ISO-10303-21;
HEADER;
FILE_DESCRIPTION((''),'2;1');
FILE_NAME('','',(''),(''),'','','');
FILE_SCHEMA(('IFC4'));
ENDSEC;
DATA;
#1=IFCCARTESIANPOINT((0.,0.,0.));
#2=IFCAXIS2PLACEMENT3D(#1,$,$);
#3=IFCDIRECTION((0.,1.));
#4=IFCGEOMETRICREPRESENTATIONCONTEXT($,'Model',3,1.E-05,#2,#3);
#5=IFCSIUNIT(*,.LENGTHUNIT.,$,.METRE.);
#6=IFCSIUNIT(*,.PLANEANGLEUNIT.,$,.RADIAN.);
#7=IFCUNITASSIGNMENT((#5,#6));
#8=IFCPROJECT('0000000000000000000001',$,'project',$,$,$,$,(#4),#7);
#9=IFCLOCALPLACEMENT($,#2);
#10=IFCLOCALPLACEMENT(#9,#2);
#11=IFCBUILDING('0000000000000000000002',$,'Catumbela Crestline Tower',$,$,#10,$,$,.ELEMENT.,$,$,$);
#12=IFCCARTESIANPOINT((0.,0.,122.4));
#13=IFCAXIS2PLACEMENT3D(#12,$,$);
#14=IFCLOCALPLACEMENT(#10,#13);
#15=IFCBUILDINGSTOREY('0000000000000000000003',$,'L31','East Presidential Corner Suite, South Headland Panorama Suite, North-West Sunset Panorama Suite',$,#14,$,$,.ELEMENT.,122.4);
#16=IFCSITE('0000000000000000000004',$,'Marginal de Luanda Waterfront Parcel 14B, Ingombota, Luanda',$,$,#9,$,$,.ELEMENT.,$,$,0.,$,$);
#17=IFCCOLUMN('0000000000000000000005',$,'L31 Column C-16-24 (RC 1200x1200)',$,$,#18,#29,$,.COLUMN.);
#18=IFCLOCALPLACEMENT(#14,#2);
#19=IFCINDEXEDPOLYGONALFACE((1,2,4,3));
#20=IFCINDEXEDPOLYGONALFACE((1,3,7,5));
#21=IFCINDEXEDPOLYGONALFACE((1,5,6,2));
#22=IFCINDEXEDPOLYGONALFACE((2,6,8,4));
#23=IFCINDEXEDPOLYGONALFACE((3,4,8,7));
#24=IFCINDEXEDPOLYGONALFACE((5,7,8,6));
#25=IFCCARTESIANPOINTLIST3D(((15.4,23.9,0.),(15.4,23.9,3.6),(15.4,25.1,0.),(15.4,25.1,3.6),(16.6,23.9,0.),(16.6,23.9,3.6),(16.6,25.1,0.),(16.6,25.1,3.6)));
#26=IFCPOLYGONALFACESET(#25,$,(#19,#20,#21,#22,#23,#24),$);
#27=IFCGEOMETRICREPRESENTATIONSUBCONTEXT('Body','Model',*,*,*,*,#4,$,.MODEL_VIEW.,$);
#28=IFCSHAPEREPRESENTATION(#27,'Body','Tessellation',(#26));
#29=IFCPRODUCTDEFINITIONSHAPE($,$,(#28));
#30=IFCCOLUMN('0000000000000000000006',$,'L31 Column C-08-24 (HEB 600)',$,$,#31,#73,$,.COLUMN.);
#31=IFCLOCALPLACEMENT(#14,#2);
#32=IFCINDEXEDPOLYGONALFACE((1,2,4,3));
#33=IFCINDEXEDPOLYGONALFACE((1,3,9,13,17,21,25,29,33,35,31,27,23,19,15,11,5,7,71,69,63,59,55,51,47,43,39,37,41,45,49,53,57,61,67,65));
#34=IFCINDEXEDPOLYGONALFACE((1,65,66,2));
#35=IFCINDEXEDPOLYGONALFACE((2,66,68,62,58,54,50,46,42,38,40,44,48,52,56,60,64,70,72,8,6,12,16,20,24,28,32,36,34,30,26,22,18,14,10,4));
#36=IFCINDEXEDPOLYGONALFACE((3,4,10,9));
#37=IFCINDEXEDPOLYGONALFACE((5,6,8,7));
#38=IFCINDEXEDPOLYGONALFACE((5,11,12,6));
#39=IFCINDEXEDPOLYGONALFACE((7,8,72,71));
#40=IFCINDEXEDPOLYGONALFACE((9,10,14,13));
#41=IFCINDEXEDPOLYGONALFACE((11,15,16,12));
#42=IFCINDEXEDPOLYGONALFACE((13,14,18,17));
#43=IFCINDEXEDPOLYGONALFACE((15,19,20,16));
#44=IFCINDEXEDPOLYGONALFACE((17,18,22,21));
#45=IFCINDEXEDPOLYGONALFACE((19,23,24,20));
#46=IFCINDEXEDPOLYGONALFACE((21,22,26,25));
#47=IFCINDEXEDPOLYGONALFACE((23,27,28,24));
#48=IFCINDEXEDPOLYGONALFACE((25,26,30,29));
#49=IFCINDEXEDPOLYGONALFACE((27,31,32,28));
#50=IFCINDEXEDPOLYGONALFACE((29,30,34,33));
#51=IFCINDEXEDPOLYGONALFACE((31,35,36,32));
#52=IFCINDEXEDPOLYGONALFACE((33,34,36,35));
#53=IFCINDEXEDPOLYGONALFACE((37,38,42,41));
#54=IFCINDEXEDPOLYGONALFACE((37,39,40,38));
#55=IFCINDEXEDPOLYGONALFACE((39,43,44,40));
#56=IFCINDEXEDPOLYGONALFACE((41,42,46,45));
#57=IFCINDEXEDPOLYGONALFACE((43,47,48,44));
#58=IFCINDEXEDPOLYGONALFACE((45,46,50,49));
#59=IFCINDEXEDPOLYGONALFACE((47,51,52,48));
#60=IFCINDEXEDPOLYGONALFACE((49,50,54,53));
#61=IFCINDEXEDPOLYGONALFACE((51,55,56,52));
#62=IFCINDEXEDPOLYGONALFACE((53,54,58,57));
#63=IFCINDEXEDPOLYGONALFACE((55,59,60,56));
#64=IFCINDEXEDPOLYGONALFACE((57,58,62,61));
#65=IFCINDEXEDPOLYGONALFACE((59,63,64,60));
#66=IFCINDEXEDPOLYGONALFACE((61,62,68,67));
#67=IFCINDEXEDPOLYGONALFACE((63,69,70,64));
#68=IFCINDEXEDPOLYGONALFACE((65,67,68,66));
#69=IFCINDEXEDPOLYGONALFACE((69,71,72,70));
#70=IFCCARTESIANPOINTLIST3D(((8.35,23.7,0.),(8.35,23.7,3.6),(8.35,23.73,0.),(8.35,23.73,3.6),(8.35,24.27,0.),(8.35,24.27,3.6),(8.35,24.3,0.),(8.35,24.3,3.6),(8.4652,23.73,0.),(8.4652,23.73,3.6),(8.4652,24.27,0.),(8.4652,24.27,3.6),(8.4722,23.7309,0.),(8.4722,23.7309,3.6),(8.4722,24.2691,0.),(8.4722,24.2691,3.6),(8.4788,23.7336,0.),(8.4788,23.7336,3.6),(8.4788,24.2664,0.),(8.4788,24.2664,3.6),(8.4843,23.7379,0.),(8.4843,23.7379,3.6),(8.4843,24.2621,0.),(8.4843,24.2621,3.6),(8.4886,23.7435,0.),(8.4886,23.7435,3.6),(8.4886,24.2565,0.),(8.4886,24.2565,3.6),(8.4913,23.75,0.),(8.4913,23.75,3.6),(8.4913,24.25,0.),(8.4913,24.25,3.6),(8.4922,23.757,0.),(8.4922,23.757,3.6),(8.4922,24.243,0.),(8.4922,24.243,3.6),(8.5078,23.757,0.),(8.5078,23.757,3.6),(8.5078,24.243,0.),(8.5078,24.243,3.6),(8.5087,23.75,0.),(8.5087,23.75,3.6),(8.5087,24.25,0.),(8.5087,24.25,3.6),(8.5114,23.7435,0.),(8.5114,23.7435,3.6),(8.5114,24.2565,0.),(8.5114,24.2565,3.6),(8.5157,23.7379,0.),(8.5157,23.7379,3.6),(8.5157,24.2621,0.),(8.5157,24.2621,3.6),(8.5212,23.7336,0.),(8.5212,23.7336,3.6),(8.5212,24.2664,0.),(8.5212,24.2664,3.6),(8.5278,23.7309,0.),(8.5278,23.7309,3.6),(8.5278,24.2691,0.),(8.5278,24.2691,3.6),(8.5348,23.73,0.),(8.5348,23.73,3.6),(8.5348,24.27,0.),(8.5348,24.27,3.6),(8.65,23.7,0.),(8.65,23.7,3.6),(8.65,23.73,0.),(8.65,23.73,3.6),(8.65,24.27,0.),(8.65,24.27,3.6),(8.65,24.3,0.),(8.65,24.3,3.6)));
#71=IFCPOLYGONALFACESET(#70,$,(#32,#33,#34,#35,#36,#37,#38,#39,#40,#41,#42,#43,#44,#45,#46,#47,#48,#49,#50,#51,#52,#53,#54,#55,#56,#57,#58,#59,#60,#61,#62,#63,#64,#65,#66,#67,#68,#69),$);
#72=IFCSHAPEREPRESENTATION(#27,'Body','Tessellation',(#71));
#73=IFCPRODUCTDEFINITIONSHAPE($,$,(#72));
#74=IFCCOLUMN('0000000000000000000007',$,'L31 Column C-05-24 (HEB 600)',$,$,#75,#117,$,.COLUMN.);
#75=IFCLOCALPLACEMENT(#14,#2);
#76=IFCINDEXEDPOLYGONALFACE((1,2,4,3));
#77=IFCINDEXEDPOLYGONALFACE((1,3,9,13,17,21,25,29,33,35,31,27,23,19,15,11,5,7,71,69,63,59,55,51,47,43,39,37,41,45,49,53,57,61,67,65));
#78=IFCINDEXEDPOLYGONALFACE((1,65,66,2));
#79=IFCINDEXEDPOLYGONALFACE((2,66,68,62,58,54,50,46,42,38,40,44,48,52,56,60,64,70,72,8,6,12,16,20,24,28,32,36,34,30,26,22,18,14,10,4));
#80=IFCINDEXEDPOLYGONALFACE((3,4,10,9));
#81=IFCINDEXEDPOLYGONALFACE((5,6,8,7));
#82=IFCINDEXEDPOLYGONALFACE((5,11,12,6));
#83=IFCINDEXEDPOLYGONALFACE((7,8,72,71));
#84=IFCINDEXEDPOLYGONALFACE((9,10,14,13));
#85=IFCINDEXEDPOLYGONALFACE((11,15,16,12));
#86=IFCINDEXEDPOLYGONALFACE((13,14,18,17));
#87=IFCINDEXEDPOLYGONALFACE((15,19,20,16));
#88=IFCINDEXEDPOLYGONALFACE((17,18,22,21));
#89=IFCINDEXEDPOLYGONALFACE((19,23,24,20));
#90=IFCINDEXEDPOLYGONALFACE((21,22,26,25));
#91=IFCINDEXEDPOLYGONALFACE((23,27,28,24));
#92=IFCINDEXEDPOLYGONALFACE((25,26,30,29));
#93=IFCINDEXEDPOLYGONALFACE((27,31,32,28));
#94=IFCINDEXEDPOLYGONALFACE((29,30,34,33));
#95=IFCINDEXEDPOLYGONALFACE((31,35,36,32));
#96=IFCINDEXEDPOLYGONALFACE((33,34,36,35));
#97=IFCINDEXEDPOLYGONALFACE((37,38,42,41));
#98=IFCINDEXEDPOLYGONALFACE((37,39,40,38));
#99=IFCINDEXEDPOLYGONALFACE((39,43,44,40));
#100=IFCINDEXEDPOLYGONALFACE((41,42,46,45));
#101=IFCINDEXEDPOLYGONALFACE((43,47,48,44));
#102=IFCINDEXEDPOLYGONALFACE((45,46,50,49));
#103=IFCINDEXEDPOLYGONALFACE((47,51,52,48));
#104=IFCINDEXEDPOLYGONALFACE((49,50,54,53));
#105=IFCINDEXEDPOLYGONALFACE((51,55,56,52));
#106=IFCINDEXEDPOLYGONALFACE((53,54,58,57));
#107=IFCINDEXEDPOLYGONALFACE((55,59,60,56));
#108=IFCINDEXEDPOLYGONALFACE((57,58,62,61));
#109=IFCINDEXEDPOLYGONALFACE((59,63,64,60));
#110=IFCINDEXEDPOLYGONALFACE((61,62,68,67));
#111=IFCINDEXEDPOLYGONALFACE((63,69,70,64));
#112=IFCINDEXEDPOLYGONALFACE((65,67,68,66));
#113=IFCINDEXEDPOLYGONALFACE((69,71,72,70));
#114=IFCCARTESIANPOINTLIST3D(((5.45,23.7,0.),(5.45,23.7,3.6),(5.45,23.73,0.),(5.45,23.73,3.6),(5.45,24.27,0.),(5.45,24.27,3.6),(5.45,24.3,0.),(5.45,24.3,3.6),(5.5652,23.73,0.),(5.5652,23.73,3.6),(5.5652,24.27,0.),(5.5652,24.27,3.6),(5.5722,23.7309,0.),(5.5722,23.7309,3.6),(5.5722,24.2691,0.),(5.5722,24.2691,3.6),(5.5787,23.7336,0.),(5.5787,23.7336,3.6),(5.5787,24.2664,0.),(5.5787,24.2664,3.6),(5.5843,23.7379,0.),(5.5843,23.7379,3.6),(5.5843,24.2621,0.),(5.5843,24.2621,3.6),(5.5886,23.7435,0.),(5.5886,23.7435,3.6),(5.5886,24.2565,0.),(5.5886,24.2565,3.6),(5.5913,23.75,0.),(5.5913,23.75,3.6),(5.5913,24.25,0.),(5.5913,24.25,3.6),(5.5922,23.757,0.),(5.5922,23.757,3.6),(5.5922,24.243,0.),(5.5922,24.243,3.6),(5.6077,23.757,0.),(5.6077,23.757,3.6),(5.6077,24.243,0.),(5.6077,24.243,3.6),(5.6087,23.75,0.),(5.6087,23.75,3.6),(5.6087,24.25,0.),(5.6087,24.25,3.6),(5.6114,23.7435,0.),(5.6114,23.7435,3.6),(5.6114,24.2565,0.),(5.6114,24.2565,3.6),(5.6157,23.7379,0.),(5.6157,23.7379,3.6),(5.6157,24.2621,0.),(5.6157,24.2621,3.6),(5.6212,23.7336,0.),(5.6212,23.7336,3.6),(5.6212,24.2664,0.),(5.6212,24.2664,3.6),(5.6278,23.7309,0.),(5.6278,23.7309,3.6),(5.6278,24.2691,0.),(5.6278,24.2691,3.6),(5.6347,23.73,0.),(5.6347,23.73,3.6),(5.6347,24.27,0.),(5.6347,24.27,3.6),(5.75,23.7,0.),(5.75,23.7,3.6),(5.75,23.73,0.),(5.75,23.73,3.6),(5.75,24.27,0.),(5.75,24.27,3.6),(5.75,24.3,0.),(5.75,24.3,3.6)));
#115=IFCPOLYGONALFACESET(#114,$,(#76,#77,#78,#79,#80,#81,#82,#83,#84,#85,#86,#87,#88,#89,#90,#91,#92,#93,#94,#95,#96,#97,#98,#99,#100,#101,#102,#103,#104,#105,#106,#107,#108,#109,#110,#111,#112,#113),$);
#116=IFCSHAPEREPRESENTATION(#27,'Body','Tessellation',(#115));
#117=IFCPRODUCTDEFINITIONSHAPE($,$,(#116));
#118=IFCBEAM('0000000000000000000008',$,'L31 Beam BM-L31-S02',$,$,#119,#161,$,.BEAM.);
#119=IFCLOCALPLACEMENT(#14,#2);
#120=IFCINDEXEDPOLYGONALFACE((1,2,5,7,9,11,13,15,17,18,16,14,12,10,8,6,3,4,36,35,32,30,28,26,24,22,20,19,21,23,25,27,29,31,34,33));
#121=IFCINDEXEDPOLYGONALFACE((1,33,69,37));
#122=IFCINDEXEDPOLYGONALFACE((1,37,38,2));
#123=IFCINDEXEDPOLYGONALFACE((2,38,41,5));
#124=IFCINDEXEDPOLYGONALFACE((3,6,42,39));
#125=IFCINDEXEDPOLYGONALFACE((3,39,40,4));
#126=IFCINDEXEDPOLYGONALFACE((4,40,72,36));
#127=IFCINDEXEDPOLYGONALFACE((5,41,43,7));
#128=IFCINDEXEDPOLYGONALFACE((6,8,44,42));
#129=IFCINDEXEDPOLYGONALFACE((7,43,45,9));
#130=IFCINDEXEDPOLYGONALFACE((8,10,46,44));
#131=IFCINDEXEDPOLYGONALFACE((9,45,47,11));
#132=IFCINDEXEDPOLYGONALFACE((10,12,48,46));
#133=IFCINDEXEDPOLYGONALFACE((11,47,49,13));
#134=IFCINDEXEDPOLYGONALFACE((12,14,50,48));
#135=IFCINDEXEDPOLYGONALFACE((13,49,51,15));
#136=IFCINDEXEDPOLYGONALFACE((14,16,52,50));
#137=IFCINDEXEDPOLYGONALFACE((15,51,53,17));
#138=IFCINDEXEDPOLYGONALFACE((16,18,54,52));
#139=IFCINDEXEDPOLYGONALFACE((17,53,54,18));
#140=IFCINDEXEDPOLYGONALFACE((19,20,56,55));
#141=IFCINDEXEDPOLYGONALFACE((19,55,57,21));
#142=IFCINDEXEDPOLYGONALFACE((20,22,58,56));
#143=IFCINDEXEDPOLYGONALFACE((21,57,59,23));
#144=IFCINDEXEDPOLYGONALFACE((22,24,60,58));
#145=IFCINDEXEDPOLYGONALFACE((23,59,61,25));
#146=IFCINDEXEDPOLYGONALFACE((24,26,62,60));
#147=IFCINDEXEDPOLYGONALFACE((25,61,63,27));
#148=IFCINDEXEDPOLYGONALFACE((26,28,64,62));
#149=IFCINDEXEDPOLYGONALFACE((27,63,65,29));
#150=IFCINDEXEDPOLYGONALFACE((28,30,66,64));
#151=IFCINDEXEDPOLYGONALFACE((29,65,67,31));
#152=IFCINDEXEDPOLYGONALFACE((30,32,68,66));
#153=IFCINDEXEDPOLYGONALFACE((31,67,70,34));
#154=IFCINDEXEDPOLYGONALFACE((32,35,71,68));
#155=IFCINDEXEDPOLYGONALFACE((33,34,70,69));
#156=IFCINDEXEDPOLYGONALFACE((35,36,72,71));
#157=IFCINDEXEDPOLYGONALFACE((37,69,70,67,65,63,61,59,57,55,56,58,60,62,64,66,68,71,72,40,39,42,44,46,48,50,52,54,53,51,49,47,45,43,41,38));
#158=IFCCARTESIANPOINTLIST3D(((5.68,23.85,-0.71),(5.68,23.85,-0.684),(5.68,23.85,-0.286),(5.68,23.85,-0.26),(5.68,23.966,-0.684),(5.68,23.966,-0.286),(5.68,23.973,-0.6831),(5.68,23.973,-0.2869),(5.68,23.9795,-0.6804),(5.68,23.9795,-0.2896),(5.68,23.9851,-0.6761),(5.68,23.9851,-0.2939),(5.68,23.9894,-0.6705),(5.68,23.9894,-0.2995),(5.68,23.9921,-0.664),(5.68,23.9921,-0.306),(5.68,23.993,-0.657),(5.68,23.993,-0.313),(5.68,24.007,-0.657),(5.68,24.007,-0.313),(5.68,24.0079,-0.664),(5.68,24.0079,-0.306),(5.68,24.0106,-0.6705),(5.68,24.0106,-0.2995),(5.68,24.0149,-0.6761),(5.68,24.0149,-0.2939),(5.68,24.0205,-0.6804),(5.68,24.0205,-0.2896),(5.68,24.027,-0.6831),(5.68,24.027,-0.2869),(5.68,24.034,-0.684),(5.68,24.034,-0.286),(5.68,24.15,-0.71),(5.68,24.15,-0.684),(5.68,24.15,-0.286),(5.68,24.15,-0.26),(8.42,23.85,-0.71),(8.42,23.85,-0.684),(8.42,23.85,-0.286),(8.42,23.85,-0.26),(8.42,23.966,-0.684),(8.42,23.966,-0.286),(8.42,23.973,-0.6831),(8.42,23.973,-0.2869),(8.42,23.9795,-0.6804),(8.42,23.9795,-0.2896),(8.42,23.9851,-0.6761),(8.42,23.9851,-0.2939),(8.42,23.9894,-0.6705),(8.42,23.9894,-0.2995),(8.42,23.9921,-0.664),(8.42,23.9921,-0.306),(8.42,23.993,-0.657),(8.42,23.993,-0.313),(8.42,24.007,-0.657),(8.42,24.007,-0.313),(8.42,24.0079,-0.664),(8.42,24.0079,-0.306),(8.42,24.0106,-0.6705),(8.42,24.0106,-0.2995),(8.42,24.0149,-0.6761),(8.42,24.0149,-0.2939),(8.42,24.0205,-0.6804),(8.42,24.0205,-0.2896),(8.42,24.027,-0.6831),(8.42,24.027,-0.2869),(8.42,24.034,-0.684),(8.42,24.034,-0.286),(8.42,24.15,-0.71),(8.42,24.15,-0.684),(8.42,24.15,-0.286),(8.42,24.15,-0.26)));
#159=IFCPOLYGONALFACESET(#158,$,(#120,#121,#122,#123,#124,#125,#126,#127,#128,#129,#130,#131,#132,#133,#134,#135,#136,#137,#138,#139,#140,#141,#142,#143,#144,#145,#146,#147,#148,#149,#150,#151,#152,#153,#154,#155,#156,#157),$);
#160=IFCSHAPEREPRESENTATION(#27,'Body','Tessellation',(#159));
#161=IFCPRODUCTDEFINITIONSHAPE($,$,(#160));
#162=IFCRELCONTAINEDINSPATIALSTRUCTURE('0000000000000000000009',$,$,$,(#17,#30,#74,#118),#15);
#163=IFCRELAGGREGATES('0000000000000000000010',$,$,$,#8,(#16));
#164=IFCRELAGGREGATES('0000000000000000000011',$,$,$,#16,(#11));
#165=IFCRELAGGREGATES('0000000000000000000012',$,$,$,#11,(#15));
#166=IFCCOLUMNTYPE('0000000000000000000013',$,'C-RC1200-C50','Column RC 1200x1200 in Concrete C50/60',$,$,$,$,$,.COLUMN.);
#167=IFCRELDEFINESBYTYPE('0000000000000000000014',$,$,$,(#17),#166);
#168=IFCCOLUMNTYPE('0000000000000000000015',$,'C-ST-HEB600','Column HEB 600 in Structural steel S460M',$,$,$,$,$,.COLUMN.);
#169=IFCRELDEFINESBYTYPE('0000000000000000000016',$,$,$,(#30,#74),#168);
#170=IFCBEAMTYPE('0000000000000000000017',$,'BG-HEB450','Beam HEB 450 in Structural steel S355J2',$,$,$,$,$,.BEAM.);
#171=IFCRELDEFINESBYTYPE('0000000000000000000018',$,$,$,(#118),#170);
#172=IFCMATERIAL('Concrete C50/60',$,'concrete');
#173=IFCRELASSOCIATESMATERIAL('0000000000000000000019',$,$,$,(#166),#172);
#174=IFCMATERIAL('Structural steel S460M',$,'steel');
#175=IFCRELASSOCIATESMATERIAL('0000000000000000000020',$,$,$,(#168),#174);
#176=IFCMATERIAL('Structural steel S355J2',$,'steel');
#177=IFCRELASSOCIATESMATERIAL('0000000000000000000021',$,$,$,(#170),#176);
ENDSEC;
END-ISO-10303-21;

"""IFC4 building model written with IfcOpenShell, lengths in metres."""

from ifc_helpers import new_model, si_unit, direction, frame, origin, origin_2d, place, context, subcontext, project, spatial, rectangle, i_section, extrude, material, material_profile, profile_set, type_object, element, save


model = new_model("IFC4")

# Units and contexts
model_context = context("Model", 3, precision=1e-05, world=origin(), true_north=direction((0.0, 1.0)))
body_context = subcontext(model_context, "Body", "Model", "MODEL_VIEW")
ifc_project = project(units=[si_unit("LENGTHUNIT", "METRE"), si_unit("PLANEANGLEUNIT", "RADIAN")], contexts=[model_context])

# Site, building, storey
site_placement = place(None, origin())
site = spatial("IfcSite", under=ifc_project, at=site_placement, Name="Marginal de Luanda Waterfront Parcel 14B, Ingombota, Luanda", CompositionType="ELEMENT", RefElevation=0.0)
building_placement = place(site_placement, origin())
building = spatial("IfcBuilding", under=site, at=building_placement, Name="Catumbela Crestline Tower", CompositionType="ELEMENT")
storey_placement = place(building_placement, frame((0.0, 0.0, 122.4)))
storey = spatial("IfcBuildingStorey", under=building, at=storey_placement, Name="L31", Description="East Presidential Corner Suite, South Headland Panorama Suite, North-West Sunset Panorama Suite", CompositionType="ELEMENT", Elevation=122.4)

# Columns
ifc_material_1 = material(Name="Concrete C50/60", Category="concrete")
ifc_material_profile_1 = material_profile(ifc_material_1, rectangle(XDim=1.2, YDim=1.2, at=origin_2d()), Name="RC 1200x1200")
ifc_profile_set_1 = profile_set([ifc_material_profile_1], Name="Concrete C50/60")
column_type_1 = type_object("IfcColumnType", Name="C-RC1200-C50", Description="Column RC 1200x1200 in Concrete C50/60", PredefinedType="COLUMN", material=ifc_profile_set_1)
column_placement = place(storey_placement, frame((16.0, 24.5, 0.0), z_axis=(0.0, 0.0, 1.0), x_axis=(1.0, 0.0, 0.0)))
element("IfcColumn", 1, at=column_placement, inside=storey, type_object=column_type_1, Name="L31 Column C-16-24 (RC 1200x1200)", PredefinedType="COLUMN", context=body_context, shape_type="SweptSolid", body=[
    extrude(rectangle(XDim=1.2, YDim=1.2, at=origin_2d()), origin(), (0.0, 0.0, 1.0), 3.6),
])
ifc_material_2 = material(Name="Structural steel S460M", Category="steel")
ifc_material_profile_2 = material_profile(ifc_material_2, i_section(OverallWidth=0.3, OverallDepth=0.6, WebThickness=0.0155, FlangeThickness=0.03, FilletRadius=0.027, at=origin_2d()), Name="HEB 600")
ifc_profile_set_2 = profile_set([ifc_material_profile_2], Name="Structural steel S460M")
column_type_2 = type_object("IfcColumnType", Name="C-ST-HEB600", Description="Column HEB 600 in Structural steel S460M", PredefinedType="COLUMN", material=ifc_profile_set_2)
for number, where, z_axis, x_axis, name in (
    (2, (8.5, 24.0, 0.0), (0.0, 0.0, 1.0), (1.0, 0.0, 0.0), "L31 Column C-08-24 (HEB 600)"),
    (3, (5.6, 24.0, 0.0), (0.0, 0.0, 1.0), (1.0, 0.0, 0.0), "L31 Column C-05-24 (HEB 600)"),
):
    element("IfcColumn", number, at=place(storey_placement, frame(where, z_axis=z_axis, x_axis=x_axis)), inside=storey, type_object=column_type_2, Name=name, PredefinedType="COLUMN", context=body_context, shape_type="SweptSolid", body=[
        extrude(i_section(OverallWidth=0.3, OverallDepth=0.6, WebThickness=0.0155, FlangeThickness=0.03, FilletRadius=0.027, at=origin_2d()), origin(), (0.0, 0.0, 1.0), 3.6),
    ])

# Beam
ifc_material_3 = material(Name="Structural steel S355J2", Category="steel")
ifc_material_profile_3 = material_profile(ifc_material_3, i_section(OverallWidth=0.3, OverallDepth=0.45, WebThickness=0.014, FlangeThickness=0.026, FilletRadius=0.027, at=origin_2d()), Name="HEB 450")
ifc_profile_set_3 = profile_set([ifc_material_profile_3], Name="Structural steel S355J2")
beam_type = type_object("IfcBeamType", Name="BG-HEB450", Description="Beam HEB 450 in Structural steel S355J2", PredefinedType="BEAM", material=ifc_profile_set_3)
beam_1_placement = place(storey_placement, frame((5.68, 24.0, -0.485), z_axis=(1.0, 0.0, 0.0), x_axis=(0.0, 1.0, 0.0)))
element("IfcBeam", 4, at=beam_1_placement, inside=storey, type_object=beam_type, Name="L31 Beam BM-L31-S02", PredefinedType="BEAM", context=body_context, shape_type="SweptSolid", body=[
    extrude(i_section(OverallWidth=0.3, OverallDepth=0.45, WebThickness=0.014, FlangeThickness=0.026, FilletRadius=0.027, at=origin_2d()), origin(), (0.0, 0.0, 1.0), 2.74),
])

save(model, "model.ifc")
